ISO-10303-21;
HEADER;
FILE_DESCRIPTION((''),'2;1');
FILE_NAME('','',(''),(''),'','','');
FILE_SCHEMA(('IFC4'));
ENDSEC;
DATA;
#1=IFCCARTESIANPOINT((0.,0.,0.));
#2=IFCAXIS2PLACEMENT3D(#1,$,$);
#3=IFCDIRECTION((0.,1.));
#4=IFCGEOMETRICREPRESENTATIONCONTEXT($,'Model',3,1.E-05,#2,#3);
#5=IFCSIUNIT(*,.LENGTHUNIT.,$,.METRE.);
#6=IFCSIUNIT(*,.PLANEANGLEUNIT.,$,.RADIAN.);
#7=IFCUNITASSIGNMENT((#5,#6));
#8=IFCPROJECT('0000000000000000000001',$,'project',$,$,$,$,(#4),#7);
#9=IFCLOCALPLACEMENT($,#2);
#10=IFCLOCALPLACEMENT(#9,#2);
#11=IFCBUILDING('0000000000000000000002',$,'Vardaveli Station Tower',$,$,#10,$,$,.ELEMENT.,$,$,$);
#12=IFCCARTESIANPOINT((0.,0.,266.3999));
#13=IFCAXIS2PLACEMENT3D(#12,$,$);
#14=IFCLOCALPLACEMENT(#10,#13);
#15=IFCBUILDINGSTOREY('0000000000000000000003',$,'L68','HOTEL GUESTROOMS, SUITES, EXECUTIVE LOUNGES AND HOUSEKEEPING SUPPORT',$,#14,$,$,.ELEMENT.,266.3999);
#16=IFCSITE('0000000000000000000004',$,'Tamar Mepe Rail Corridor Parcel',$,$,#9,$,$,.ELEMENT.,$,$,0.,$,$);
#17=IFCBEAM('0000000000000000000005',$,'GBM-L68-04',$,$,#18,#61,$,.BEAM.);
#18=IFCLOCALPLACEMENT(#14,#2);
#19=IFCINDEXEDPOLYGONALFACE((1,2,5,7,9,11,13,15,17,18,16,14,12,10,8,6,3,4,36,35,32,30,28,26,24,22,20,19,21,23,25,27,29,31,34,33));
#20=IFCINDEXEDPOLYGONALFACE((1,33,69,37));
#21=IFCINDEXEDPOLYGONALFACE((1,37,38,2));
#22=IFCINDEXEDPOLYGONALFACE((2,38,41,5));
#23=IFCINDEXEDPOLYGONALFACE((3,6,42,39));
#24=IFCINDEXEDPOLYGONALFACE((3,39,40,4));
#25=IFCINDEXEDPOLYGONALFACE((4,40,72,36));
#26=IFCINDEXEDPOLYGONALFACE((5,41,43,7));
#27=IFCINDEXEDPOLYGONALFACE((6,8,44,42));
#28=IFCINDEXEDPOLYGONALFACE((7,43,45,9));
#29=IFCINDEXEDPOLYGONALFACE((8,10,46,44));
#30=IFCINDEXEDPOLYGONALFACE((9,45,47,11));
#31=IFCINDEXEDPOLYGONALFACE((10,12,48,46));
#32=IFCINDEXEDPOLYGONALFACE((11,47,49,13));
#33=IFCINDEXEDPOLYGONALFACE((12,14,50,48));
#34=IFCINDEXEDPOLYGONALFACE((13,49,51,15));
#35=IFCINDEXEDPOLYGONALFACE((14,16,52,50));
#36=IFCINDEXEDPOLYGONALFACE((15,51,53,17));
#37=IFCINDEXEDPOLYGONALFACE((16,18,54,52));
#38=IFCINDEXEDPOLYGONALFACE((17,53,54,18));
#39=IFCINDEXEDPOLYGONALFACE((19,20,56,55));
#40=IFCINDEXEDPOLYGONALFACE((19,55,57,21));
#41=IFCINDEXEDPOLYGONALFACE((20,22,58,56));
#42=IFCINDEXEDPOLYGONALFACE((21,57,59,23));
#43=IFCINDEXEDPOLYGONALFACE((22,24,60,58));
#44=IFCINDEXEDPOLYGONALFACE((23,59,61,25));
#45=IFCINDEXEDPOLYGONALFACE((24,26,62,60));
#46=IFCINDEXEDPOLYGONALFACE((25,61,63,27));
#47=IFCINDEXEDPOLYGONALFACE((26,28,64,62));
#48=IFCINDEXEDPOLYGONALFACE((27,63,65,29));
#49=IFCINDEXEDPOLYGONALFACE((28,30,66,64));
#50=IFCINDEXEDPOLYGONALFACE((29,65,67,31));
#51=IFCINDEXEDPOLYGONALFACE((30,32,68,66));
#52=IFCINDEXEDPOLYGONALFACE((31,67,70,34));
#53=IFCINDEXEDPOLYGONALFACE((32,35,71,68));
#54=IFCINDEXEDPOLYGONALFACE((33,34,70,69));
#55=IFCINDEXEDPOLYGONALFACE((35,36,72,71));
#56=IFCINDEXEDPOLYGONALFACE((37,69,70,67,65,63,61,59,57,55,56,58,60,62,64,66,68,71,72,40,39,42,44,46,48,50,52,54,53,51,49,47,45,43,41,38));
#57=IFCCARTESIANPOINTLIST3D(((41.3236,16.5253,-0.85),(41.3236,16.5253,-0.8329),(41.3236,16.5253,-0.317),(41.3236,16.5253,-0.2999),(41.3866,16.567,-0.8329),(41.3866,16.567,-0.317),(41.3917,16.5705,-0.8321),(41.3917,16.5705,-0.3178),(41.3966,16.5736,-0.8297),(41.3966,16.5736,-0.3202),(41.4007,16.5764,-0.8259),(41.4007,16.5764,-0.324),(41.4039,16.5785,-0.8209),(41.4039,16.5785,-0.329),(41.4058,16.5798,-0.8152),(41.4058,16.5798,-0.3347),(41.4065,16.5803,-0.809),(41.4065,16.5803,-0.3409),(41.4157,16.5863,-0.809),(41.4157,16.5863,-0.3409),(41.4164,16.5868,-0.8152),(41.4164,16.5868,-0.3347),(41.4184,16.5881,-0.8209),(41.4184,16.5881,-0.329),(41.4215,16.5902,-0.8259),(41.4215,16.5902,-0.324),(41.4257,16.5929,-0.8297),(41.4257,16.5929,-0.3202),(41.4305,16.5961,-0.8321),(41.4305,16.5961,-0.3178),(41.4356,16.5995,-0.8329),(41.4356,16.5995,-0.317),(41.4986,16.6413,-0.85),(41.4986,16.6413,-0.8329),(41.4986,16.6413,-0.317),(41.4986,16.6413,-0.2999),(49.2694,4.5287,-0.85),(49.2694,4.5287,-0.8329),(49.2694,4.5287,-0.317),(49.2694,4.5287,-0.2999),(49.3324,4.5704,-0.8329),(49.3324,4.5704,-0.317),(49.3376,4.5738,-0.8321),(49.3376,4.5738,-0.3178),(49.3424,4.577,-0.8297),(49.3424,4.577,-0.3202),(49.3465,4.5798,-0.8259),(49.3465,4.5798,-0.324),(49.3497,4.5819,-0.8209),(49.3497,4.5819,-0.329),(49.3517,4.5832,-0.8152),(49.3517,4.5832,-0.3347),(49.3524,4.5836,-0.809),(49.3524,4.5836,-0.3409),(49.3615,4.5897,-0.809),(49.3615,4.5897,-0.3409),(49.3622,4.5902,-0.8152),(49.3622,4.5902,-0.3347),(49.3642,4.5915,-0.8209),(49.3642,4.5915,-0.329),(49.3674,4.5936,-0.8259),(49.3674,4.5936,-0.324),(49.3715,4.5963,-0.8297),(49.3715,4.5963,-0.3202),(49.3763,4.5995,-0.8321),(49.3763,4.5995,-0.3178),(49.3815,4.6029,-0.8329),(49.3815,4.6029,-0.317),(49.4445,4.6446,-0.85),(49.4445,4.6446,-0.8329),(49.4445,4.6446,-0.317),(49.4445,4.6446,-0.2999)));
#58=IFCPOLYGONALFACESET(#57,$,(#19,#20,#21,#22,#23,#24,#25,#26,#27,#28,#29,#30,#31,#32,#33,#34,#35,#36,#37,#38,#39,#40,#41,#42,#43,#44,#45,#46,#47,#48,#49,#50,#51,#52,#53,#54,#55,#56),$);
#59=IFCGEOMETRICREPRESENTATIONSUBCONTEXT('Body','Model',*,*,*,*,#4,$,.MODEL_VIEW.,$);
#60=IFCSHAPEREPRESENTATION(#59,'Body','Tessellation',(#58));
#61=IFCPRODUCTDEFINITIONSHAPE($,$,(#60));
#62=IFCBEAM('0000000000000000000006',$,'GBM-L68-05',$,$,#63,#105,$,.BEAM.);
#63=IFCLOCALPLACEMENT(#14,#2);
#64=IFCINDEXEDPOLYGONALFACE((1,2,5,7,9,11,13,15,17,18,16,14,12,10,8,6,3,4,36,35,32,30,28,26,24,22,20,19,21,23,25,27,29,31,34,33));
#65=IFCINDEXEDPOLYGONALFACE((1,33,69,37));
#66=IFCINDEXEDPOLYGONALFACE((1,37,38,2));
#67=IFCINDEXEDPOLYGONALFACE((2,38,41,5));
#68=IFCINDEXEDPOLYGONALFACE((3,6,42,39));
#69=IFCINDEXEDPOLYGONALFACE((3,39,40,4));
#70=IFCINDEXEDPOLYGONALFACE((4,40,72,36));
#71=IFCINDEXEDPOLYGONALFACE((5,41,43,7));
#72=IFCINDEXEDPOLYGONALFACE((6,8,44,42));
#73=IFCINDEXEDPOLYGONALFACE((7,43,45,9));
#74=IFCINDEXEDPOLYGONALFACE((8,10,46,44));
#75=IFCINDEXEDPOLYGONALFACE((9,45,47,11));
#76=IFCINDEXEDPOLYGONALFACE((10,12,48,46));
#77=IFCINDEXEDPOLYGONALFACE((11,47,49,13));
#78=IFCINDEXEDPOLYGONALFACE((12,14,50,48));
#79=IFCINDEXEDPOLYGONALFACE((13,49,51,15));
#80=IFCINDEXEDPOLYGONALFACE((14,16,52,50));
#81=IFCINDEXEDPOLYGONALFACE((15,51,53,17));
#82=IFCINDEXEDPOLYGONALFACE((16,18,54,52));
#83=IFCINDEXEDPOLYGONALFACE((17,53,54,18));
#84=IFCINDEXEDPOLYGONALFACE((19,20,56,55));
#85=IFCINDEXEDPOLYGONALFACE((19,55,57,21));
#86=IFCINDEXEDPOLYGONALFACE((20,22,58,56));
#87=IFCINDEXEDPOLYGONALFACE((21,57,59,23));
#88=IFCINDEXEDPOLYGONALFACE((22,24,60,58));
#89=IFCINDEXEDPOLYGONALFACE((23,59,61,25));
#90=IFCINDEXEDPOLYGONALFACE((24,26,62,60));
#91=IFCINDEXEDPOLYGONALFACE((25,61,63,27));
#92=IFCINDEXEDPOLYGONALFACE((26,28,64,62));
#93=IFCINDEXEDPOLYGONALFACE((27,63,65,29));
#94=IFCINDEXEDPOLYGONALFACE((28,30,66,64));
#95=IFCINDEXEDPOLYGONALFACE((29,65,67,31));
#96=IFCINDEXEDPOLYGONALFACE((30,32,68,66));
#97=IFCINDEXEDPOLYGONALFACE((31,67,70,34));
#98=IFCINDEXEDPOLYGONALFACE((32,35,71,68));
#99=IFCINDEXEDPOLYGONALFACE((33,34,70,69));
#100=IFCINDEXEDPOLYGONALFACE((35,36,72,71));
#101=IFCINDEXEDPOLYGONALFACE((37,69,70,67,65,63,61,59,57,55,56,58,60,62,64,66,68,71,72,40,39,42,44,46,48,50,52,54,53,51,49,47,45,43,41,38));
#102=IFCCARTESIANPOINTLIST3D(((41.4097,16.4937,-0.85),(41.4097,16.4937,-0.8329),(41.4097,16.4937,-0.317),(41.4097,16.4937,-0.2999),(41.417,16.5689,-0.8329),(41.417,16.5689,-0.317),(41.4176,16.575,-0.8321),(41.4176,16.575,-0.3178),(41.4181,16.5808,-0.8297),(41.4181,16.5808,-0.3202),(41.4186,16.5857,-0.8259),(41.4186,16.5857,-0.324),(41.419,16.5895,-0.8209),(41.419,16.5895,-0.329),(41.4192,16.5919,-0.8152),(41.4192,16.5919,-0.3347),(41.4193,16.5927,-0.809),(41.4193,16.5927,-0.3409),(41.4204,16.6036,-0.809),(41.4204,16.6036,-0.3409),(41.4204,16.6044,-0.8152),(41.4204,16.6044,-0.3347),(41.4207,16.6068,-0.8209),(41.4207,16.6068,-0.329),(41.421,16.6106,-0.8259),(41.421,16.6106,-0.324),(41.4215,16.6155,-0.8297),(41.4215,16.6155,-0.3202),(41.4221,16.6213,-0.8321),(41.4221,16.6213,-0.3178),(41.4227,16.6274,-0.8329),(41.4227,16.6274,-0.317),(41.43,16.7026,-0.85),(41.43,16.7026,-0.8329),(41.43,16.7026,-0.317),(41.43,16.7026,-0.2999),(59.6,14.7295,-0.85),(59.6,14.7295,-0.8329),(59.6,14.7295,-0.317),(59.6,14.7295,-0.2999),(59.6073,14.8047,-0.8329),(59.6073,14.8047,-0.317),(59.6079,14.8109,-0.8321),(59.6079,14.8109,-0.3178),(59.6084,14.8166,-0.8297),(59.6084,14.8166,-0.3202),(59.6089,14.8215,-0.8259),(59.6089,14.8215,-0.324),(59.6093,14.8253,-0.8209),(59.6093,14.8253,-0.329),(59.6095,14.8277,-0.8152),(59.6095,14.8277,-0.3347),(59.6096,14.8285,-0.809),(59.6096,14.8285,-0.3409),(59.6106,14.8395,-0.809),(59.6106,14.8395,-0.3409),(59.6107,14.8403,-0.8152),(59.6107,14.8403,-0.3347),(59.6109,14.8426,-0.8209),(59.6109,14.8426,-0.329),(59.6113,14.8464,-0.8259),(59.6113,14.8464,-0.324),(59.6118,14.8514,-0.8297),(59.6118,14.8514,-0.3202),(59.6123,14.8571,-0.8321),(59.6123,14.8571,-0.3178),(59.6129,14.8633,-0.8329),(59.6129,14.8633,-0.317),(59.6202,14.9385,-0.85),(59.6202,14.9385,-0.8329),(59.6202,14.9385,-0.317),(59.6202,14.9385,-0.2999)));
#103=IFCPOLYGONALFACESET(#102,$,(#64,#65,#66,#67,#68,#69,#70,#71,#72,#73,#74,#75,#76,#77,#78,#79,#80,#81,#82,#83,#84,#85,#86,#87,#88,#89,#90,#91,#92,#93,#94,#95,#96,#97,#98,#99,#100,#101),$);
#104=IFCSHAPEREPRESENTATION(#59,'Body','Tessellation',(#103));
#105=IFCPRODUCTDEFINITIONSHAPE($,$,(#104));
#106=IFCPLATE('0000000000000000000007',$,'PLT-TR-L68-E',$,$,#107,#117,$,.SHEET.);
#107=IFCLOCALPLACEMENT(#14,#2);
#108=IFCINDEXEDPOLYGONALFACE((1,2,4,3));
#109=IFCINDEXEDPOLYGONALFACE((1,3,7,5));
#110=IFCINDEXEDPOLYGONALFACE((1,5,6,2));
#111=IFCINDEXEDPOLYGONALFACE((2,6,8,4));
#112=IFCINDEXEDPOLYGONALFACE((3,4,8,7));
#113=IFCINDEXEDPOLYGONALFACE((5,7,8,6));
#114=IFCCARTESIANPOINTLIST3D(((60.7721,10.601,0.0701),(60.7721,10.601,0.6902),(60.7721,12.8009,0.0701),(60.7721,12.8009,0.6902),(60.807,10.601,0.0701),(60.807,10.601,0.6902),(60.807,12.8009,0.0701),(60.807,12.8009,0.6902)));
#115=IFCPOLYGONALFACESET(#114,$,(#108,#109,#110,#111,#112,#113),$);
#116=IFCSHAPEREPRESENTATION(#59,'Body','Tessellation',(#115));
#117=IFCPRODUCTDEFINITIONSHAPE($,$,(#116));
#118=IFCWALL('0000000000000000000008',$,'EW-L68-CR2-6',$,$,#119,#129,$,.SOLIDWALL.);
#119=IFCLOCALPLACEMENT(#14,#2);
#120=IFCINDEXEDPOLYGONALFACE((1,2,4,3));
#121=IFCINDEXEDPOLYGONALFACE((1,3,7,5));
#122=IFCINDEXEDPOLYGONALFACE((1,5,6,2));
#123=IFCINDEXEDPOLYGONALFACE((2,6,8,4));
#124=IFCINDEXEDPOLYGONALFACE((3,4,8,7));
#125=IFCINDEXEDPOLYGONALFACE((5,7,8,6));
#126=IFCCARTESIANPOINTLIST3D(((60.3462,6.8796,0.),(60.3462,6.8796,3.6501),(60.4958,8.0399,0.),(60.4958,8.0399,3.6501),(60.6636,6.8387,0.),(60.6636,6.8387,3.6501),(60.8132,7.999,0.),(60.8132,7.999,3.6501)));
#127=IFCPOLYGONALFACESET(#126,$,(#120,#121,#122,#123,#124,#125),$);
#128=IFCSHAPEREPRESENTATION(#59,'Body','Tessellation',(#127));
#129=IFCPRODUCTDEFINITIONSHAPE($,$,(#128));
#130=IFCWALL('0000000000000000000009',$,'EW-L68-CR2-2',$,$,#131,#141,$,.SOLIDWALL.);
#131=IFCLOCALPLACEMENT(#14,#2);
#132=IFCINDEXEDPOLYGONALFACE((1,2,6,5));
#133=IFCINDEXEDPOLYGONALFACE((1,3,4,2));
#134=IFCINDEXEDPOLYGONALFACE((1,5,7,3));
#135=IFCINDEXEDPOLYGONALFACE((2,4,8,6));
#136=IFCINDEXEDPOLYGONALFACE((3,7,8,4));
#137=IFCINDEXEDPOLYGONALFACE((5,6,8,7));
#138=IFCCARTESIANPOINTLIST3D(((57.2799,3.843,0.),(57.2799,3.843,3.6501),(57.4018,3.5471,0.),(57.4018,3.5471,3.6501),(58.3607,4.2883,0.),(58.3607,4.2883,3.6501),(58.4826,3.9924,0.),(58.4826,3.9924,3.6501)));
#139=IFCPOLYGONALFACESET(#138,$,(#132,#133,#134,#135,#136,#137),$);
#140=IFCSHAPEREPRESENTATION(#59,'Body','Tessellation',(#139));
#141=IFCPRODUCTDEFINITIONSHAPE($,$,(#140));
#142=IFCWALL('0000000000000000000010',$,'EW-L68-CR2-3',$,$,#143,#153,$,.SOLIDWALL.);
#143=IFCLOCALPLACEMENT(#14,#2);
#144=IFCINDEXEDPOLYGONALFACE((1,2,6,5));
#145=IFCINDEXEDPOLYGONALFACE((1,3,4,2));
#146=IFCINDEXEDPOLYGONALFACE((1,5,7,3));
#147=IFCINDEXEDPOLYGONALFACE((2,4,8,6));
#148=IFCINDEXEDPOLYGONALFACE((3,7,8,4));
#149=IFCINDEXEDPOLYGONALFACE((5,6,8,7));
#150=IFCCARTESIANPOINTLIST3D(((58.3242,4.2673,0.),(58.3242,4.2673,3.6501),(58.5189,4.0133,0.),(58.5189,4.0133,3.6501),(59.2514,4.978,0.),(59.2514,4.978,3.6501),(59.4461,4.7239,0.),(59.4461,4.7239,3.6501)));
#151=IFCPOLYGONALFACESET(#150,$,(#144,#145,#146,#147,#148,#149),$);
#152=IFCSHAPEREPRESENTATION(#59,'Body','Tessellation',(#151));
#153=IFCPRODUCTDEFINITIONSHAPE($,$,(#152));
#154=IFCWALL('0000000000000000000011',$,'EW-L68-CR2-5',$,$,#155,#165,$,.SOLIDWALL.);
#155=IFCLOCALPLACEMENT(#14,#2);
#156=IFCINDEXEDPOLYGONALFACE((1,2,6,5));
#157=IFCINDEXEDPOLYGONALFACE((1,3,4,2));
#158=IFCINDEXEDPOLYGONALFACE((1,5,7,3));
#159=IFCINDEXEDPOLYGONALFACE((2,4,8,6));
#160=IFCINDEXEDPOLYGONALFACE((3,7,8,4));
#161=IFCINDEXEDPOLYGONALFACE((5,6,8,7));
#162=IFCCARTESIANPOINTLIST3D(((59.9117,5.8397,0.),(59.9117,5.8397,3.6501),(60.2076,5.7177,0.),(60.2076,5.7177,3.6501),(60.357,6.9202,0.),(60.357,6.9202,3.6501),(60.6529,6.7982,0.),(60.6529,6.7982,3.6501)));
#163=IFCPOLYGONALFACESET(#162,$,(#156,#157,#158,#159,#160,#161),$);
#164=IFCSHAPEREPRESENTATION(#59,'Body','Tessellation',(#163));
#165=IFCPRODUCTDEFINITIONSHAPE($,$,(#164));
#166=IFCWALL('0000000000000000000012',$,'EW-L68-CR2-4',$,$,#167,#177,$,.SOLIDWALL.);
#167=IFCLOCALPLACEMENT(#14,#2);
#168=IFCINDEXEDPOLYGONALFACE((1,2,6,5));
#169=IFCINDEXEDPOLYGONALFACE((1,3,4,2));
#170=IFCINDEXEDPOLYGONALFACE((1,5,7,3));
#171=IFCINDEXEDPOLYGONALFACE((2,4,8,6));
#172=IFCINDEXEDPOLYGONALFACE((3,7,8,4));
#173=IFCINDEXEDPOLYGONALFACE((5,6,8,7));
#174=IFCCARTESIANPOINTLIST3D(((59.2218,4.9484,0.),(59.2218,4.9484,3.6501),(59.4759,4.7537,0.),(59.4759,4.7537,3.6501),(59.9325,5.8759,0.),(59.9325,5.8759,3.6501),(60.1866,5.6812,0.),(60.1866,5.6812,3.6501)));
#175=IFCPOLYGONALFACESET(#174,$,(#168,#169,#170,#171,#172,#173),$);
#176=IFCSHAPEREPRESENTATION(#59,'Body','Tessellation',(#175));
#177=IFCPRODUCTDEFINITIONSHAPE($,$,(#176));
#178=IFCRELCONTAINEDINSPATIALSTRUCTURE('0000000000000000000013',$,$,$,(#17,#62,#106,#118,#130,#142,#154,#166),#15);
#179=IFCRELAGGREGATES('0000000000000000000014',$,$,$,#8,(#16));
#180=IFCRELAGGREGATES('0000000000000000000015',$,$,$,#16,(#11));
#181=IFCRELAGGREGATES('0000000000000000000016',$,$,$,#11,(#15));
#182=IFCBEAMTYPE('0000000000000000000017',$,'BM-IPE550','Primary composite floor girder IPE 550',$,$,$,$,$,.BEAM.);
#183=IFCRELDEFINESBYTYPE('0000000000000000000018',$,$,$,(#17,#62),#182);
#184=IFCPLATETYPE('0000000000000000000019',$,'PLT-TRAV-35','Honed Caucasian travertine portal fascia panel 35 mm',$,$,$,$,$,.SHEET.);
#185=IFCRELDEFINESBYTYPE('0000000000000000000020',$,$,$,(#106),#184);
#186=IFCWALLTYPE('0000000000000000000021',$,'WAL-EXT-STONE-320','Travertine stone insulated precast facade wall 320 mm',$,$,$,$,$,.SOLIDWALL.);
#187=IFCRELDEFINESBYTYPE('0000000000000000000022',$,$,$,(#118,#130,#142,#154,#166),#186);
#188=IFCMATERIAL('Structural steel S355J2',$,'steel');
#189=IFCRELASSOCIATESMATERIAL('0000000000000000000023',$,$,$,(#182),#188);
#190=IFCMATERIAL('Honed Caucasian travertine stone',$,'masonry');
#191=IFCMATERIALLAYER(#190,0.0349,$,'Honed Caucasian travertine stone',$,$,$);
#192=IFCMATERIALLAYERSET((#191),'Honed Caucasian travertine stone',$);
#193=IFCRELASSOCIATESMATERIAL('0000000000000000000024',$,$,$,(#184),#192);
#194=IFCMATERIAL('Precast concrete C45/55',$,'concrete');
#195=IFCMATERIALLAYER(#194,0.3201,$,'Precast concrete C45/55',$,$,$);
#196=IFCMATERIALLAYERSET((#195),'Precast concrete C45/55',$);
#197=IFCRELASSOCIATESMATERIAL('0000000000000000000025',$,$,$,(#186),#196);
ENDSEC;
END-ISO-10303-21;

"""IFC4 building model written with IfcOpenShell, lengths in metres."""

from ifc_helpers import new_model, si_unit, direction, frame, frame_2d, origin, origin_2d, place, context, subcontext, project, spatial, rectangle, i_section, extrude, source, transform, mapped, material, layer, layer_set, material_profile, profile_set, type_object, element, save


model = new_model("IFC4")

# Units and contexts
model_context = context("Model", 3, precision=1e-05, world=origin(), true_north=direction((0.0, 1.0)))
body_context = subcontext(model_context, "Body", "Model", "MODEL_VIEW")
ifc_project = project(units=[si_unit("LENGTHUNIT", "METRE"), si_unit("PLANEANGLEUNIT", "RADIAN")], contexts=[model_context])

# Site, building, storey
site_placement = place(None, origin())
site = spatial("IfcSite", under=ifc_project, at=site_placement, Name="Tamar Mepe Rail Corridor Parcel", CompositionType="ELEMENT", RefElevation=0.0)
building_placement = place(site_placement, origin())
building = spatial("IfcBuilding", under=site, at=building_placement, Name="Vardaveli Station Tower", CompositionType="ELEMENT")
storey_placement = place(building_placement, frame((0.0, 0.0, 266.3999)))
storey = spatial("IfcBuildingStorey", under=building, at=storey_placement, Name="L68", Description="HOTEL GUESTROOMS, SUITES, EXECUTIVE LOUNGES AND HOUSEKEEPING SUPPORT", CompositionType="ELEMENT", Elevation=266.3999)

# Beams
ifc_material_1 = material(Name="Precast concrete C45/55", Category="concrete")
ifc_material_2 = material(Name="Structural steel S355J2", Category="steel")
ifc_material_profile_1 = material_profile(ifc_material_2, i_section(OverallWidth=0.21, OverallDepth=0.55, WebThickness=0.011, FlangeThickness=0.0171, FilletRadius=0.0239, at=origin_2d()), Name="IPE 550")
ifc_profile_set_1 = profile_set([ifc_material_profile_1], Name="Structural steel S355J2")
beam_type_1 = type_object("IfcBeamType", Name="BM-IPE550", Description="Primary composite floor girder IPE 550", PredefinedType="BEAM", material=ifc_profile_set_1)
shared_shape_1 = source(origin(), body_context, "Body", "SweptSolid", [
    extrude(i_section(OverallWidth=0.21, OverallDepth=0.55, WebThickness=0.011, FlangeThickness=0.0171, FilletRadius=0.0239, at=origin_2d()), origin(), (0.0, 0.0, 1.0), 14.3894),
])
beam_1_placement = place(storey_placement, frame((49.3569, 4.5867, -0.575), z_axis=(-0.5522, 0.833712, 0.0), x_axis=(-0.833712, -0.5522, 0.0)))
element("IfcBeam", 1, at=beam_1_placement, inside=storey, type_object=beam_type_1, Name="GBM-L68-04", PredefinedType="BEAM", context=body_context, shape_type="MappedRepresentation", body=[
    mapped(shared_shape_1, transform((0.0, 0.0, 0.0), scale=1.0)),
])
shared_shape_2 = source(origin(), body_context, "Body", "SweptSolid", [
    extrude(i_section(OverallWidth=0.21, OverallDepth=0.55, WebThickness=0.011, FlangeThickness=0.0171, FilletRadius=0.0239, at=origin_2d()), origin(), (0.0, 0.0, 1.0), 18.2756),
])
beam_2_placement = place(storey_placement, frame((59.6101, 14.834, -0.575), z_axis=(-0.99533, 0.096531, 0.0), x_axis=(-0.096531, -0.99533, 0.0)))
element("IfcBeam", 2, at=beam_2_placement, inside=storey, type_object=beam_type_1, Name="GBM-L68-05", PredefinedType="BEAM", context=body_context, shape_type="MappedRepresentation", body=[
    mapped(shared_shape_2, transform((0.0, 0.0, 0.0), scale=1.0)),
])

# Plate
ifc_material_3 = material(Name="Honed Caucasian travertine stone", Category="masonry")
ifc_layer_1 = layer(ifc_material_3, 0.0349, Name="Honed Caucasian travertine stone")
ifc_layer_set_1 = layer_set([ifc_layer_1], Name="Honed Caucasian travertine stone")
plate_type = type_object("IfcPlateType", Name="PLT-TRAV-35", Description="Honed Caucasian travertine portal fascia panel 35 mm", PredefinedType="SHEET", material=ifc_layer_set_1)
shared_shape_3 = source(origin(), body_context, "Body", "SweptSolid", [
    extrude(rectangle(XDim=2.2, YDim=0.0349, at=origin_2d()), origin(), (0.0, 0.0, 1.0), 0.6201),
])
plate_placement = place(storey_placement, frame((60.7896, 11.7009, 0.0701), z_axis=(0.0, 0.0, 1.0), x_axis=(0.0, 1.0, 0.0)))
element("IfcPlate", 3, at=plate_placement, inside=storey, type_object=plate_type, Name="PLT-TR-L68-E", PredefinedType="SHEET", context=body_context, shape_type="MappedRepresentation", body=[
    mapped(shared_shape_3, transform((0.0, 0.0, 0.0), scale=1.0)),
])

# Walls
ifc_layer_2 = layer(ifc_material_1, 0.3201, Name="Precast concrete C45/55")
ifc_layer_set_2 = layer_set([ifc_layer_2], Name="Precast concrete C45/55")
wall_type_1 = type_object("IfcWallType", Name="WAL-EXT-STONE-320", Description="Travertine stone insulated precast facade wall 320 mm", PredefinedType="SOLIDWALL", material=ifc_layer_set_2)
shared_shape_4 = source(origin(), body_context, "Body", "SweptSolid", [
    extrude(rectangle(XDim=1.1699, YDim=0.3201, at=frame_2d((0.585, 0.0))), origin(), (0.0, 0.0, 1.0), 3.6501),
])
wall_1_placement = place(storey_placement, frame((60.5049, 6.8591, 0.0), z_axis=(0.0, 0.0, 1.0), x_axis=(0.127912, 0.991786, 0.0)))
element("IfcWall", 4, at=wall_1_placement, inside=storey, type_object=wall_type_1, Name="EW-L68-CR2-6", PredefinedType="SOLIDWALL", context=body_context, shape_type="MappedRepresentation", body=[
    mapped(shared_shape_4, transform((0.0, 0.0, 0.0), scale=1.0)),
])
shared_shape_5 = source(origin(), body_context, "Body", "SweptSolid", [
    extrude(rectangle(XDim=1.1689, YDim=0.3201, at=frame_2d((0.5845, 0.0))), origin(), (0.0, 0.0, 1.0), 3.6501),
])
wall_2_placement = place(storey_placement, frame((57.3408, 3.6951, 0.0), z_axis=(0.0, 0.0, 1.0), x_axis=(0.924596, 0.380949, 0.0)))
element("IfcWall", 5, at=wall_2_placement, inside=storey, type_object=wall_type_1, Name="EW-L68-CR2-2", PredefinedType="SOLIDWALL", context=body_context, shape_type="MappedRepresentation", body=[
    mapped(shared_shape_5, transform((0.0, 0.0, 0.0), scale=1.0)),
])
shared_shape_6 = source(origin(), body_context, "Body", "SweptSolid", [
    extrude(rectangle(XDim=1.1682, YDim=0.3201, at=frame_2d((0.584, 0.0))), origin(), (0.0, 0.0, 1.0), 3.6501),
])
wall_3_placement = place(storey_placement, frame((58.4216, 4.1404, 0.0), z_axis=(0.0, 0.0, 1.0), x_axis=(0.793687, 0.608326, 0.0)))
element("IfcWall", 6, at=wall_3_placement, inside=storey, type_object=wall_type_1, Name="EW-L68-CR2-3", PredefinedType="SOLIDWALL", context=body_context, shape_type="MappedRepresentation", body=[
    mapped(shared_shape_6, transform((0.0, 0.0, 0.0), scale=1.0)),
])
shared_shape_7 = source(origin(), body_context, "Body", "SweptSolid", [
    extrude(rectangle(XDim=1.1687, YDim=0.3201, at=frame_2d((0.5845, 0.0))), origin(), (0.0, 0.0, 1.0), 3.6501),
])
wall_4_placement = place(storey_placement, frame((60.0596, 5.7786, 0.0), z_axis=(0.0, 0.0, 1.0), x_axis=(0.381023, 0.924566, 0.0)))
element("IfcWall", 7, at=wall_4_placement, inside=storey, type_object=wall_type_1, Name="EW-L68-CR2-5", PredefinedType="SOLIDWALL", context=body_context, shape_type="MappedRepresentation", body=[
    mapped(shared_shape_7, transform((0.0, 0.0, 0.0), scale=1.0)),
])
shared_shape_8 = source(origin(), body_context, "Body", "SweptSolid", [
    extrude(rectangle(XDim=1.1685, YDim=0.3201, at=frame_2d((0.5842, 0.0))), origin(), (0.0, 0.0, 1.0), 3.6501),
])
wall_5_placement = place(storey_placement, frame((59.3489, 4.8511, 0.0), z_axis=(0.0, 0.0, 1.0), x_axis=(0.608225, 0.793764, 0.0)))
element("IfcWall", 8, at=wall_5_placement, inside=storey, type_object=wall_type_1, Name="EW-L68-CR2-4", PredefinedType="SOLIDWALL", context=body_context, shape_type="MappedRepresentation", body=[
    mapped(shared_shape_8, transform((0.0, 0.0, 0.0), scale=1.0)),
])

save(model, "model.ifc")
